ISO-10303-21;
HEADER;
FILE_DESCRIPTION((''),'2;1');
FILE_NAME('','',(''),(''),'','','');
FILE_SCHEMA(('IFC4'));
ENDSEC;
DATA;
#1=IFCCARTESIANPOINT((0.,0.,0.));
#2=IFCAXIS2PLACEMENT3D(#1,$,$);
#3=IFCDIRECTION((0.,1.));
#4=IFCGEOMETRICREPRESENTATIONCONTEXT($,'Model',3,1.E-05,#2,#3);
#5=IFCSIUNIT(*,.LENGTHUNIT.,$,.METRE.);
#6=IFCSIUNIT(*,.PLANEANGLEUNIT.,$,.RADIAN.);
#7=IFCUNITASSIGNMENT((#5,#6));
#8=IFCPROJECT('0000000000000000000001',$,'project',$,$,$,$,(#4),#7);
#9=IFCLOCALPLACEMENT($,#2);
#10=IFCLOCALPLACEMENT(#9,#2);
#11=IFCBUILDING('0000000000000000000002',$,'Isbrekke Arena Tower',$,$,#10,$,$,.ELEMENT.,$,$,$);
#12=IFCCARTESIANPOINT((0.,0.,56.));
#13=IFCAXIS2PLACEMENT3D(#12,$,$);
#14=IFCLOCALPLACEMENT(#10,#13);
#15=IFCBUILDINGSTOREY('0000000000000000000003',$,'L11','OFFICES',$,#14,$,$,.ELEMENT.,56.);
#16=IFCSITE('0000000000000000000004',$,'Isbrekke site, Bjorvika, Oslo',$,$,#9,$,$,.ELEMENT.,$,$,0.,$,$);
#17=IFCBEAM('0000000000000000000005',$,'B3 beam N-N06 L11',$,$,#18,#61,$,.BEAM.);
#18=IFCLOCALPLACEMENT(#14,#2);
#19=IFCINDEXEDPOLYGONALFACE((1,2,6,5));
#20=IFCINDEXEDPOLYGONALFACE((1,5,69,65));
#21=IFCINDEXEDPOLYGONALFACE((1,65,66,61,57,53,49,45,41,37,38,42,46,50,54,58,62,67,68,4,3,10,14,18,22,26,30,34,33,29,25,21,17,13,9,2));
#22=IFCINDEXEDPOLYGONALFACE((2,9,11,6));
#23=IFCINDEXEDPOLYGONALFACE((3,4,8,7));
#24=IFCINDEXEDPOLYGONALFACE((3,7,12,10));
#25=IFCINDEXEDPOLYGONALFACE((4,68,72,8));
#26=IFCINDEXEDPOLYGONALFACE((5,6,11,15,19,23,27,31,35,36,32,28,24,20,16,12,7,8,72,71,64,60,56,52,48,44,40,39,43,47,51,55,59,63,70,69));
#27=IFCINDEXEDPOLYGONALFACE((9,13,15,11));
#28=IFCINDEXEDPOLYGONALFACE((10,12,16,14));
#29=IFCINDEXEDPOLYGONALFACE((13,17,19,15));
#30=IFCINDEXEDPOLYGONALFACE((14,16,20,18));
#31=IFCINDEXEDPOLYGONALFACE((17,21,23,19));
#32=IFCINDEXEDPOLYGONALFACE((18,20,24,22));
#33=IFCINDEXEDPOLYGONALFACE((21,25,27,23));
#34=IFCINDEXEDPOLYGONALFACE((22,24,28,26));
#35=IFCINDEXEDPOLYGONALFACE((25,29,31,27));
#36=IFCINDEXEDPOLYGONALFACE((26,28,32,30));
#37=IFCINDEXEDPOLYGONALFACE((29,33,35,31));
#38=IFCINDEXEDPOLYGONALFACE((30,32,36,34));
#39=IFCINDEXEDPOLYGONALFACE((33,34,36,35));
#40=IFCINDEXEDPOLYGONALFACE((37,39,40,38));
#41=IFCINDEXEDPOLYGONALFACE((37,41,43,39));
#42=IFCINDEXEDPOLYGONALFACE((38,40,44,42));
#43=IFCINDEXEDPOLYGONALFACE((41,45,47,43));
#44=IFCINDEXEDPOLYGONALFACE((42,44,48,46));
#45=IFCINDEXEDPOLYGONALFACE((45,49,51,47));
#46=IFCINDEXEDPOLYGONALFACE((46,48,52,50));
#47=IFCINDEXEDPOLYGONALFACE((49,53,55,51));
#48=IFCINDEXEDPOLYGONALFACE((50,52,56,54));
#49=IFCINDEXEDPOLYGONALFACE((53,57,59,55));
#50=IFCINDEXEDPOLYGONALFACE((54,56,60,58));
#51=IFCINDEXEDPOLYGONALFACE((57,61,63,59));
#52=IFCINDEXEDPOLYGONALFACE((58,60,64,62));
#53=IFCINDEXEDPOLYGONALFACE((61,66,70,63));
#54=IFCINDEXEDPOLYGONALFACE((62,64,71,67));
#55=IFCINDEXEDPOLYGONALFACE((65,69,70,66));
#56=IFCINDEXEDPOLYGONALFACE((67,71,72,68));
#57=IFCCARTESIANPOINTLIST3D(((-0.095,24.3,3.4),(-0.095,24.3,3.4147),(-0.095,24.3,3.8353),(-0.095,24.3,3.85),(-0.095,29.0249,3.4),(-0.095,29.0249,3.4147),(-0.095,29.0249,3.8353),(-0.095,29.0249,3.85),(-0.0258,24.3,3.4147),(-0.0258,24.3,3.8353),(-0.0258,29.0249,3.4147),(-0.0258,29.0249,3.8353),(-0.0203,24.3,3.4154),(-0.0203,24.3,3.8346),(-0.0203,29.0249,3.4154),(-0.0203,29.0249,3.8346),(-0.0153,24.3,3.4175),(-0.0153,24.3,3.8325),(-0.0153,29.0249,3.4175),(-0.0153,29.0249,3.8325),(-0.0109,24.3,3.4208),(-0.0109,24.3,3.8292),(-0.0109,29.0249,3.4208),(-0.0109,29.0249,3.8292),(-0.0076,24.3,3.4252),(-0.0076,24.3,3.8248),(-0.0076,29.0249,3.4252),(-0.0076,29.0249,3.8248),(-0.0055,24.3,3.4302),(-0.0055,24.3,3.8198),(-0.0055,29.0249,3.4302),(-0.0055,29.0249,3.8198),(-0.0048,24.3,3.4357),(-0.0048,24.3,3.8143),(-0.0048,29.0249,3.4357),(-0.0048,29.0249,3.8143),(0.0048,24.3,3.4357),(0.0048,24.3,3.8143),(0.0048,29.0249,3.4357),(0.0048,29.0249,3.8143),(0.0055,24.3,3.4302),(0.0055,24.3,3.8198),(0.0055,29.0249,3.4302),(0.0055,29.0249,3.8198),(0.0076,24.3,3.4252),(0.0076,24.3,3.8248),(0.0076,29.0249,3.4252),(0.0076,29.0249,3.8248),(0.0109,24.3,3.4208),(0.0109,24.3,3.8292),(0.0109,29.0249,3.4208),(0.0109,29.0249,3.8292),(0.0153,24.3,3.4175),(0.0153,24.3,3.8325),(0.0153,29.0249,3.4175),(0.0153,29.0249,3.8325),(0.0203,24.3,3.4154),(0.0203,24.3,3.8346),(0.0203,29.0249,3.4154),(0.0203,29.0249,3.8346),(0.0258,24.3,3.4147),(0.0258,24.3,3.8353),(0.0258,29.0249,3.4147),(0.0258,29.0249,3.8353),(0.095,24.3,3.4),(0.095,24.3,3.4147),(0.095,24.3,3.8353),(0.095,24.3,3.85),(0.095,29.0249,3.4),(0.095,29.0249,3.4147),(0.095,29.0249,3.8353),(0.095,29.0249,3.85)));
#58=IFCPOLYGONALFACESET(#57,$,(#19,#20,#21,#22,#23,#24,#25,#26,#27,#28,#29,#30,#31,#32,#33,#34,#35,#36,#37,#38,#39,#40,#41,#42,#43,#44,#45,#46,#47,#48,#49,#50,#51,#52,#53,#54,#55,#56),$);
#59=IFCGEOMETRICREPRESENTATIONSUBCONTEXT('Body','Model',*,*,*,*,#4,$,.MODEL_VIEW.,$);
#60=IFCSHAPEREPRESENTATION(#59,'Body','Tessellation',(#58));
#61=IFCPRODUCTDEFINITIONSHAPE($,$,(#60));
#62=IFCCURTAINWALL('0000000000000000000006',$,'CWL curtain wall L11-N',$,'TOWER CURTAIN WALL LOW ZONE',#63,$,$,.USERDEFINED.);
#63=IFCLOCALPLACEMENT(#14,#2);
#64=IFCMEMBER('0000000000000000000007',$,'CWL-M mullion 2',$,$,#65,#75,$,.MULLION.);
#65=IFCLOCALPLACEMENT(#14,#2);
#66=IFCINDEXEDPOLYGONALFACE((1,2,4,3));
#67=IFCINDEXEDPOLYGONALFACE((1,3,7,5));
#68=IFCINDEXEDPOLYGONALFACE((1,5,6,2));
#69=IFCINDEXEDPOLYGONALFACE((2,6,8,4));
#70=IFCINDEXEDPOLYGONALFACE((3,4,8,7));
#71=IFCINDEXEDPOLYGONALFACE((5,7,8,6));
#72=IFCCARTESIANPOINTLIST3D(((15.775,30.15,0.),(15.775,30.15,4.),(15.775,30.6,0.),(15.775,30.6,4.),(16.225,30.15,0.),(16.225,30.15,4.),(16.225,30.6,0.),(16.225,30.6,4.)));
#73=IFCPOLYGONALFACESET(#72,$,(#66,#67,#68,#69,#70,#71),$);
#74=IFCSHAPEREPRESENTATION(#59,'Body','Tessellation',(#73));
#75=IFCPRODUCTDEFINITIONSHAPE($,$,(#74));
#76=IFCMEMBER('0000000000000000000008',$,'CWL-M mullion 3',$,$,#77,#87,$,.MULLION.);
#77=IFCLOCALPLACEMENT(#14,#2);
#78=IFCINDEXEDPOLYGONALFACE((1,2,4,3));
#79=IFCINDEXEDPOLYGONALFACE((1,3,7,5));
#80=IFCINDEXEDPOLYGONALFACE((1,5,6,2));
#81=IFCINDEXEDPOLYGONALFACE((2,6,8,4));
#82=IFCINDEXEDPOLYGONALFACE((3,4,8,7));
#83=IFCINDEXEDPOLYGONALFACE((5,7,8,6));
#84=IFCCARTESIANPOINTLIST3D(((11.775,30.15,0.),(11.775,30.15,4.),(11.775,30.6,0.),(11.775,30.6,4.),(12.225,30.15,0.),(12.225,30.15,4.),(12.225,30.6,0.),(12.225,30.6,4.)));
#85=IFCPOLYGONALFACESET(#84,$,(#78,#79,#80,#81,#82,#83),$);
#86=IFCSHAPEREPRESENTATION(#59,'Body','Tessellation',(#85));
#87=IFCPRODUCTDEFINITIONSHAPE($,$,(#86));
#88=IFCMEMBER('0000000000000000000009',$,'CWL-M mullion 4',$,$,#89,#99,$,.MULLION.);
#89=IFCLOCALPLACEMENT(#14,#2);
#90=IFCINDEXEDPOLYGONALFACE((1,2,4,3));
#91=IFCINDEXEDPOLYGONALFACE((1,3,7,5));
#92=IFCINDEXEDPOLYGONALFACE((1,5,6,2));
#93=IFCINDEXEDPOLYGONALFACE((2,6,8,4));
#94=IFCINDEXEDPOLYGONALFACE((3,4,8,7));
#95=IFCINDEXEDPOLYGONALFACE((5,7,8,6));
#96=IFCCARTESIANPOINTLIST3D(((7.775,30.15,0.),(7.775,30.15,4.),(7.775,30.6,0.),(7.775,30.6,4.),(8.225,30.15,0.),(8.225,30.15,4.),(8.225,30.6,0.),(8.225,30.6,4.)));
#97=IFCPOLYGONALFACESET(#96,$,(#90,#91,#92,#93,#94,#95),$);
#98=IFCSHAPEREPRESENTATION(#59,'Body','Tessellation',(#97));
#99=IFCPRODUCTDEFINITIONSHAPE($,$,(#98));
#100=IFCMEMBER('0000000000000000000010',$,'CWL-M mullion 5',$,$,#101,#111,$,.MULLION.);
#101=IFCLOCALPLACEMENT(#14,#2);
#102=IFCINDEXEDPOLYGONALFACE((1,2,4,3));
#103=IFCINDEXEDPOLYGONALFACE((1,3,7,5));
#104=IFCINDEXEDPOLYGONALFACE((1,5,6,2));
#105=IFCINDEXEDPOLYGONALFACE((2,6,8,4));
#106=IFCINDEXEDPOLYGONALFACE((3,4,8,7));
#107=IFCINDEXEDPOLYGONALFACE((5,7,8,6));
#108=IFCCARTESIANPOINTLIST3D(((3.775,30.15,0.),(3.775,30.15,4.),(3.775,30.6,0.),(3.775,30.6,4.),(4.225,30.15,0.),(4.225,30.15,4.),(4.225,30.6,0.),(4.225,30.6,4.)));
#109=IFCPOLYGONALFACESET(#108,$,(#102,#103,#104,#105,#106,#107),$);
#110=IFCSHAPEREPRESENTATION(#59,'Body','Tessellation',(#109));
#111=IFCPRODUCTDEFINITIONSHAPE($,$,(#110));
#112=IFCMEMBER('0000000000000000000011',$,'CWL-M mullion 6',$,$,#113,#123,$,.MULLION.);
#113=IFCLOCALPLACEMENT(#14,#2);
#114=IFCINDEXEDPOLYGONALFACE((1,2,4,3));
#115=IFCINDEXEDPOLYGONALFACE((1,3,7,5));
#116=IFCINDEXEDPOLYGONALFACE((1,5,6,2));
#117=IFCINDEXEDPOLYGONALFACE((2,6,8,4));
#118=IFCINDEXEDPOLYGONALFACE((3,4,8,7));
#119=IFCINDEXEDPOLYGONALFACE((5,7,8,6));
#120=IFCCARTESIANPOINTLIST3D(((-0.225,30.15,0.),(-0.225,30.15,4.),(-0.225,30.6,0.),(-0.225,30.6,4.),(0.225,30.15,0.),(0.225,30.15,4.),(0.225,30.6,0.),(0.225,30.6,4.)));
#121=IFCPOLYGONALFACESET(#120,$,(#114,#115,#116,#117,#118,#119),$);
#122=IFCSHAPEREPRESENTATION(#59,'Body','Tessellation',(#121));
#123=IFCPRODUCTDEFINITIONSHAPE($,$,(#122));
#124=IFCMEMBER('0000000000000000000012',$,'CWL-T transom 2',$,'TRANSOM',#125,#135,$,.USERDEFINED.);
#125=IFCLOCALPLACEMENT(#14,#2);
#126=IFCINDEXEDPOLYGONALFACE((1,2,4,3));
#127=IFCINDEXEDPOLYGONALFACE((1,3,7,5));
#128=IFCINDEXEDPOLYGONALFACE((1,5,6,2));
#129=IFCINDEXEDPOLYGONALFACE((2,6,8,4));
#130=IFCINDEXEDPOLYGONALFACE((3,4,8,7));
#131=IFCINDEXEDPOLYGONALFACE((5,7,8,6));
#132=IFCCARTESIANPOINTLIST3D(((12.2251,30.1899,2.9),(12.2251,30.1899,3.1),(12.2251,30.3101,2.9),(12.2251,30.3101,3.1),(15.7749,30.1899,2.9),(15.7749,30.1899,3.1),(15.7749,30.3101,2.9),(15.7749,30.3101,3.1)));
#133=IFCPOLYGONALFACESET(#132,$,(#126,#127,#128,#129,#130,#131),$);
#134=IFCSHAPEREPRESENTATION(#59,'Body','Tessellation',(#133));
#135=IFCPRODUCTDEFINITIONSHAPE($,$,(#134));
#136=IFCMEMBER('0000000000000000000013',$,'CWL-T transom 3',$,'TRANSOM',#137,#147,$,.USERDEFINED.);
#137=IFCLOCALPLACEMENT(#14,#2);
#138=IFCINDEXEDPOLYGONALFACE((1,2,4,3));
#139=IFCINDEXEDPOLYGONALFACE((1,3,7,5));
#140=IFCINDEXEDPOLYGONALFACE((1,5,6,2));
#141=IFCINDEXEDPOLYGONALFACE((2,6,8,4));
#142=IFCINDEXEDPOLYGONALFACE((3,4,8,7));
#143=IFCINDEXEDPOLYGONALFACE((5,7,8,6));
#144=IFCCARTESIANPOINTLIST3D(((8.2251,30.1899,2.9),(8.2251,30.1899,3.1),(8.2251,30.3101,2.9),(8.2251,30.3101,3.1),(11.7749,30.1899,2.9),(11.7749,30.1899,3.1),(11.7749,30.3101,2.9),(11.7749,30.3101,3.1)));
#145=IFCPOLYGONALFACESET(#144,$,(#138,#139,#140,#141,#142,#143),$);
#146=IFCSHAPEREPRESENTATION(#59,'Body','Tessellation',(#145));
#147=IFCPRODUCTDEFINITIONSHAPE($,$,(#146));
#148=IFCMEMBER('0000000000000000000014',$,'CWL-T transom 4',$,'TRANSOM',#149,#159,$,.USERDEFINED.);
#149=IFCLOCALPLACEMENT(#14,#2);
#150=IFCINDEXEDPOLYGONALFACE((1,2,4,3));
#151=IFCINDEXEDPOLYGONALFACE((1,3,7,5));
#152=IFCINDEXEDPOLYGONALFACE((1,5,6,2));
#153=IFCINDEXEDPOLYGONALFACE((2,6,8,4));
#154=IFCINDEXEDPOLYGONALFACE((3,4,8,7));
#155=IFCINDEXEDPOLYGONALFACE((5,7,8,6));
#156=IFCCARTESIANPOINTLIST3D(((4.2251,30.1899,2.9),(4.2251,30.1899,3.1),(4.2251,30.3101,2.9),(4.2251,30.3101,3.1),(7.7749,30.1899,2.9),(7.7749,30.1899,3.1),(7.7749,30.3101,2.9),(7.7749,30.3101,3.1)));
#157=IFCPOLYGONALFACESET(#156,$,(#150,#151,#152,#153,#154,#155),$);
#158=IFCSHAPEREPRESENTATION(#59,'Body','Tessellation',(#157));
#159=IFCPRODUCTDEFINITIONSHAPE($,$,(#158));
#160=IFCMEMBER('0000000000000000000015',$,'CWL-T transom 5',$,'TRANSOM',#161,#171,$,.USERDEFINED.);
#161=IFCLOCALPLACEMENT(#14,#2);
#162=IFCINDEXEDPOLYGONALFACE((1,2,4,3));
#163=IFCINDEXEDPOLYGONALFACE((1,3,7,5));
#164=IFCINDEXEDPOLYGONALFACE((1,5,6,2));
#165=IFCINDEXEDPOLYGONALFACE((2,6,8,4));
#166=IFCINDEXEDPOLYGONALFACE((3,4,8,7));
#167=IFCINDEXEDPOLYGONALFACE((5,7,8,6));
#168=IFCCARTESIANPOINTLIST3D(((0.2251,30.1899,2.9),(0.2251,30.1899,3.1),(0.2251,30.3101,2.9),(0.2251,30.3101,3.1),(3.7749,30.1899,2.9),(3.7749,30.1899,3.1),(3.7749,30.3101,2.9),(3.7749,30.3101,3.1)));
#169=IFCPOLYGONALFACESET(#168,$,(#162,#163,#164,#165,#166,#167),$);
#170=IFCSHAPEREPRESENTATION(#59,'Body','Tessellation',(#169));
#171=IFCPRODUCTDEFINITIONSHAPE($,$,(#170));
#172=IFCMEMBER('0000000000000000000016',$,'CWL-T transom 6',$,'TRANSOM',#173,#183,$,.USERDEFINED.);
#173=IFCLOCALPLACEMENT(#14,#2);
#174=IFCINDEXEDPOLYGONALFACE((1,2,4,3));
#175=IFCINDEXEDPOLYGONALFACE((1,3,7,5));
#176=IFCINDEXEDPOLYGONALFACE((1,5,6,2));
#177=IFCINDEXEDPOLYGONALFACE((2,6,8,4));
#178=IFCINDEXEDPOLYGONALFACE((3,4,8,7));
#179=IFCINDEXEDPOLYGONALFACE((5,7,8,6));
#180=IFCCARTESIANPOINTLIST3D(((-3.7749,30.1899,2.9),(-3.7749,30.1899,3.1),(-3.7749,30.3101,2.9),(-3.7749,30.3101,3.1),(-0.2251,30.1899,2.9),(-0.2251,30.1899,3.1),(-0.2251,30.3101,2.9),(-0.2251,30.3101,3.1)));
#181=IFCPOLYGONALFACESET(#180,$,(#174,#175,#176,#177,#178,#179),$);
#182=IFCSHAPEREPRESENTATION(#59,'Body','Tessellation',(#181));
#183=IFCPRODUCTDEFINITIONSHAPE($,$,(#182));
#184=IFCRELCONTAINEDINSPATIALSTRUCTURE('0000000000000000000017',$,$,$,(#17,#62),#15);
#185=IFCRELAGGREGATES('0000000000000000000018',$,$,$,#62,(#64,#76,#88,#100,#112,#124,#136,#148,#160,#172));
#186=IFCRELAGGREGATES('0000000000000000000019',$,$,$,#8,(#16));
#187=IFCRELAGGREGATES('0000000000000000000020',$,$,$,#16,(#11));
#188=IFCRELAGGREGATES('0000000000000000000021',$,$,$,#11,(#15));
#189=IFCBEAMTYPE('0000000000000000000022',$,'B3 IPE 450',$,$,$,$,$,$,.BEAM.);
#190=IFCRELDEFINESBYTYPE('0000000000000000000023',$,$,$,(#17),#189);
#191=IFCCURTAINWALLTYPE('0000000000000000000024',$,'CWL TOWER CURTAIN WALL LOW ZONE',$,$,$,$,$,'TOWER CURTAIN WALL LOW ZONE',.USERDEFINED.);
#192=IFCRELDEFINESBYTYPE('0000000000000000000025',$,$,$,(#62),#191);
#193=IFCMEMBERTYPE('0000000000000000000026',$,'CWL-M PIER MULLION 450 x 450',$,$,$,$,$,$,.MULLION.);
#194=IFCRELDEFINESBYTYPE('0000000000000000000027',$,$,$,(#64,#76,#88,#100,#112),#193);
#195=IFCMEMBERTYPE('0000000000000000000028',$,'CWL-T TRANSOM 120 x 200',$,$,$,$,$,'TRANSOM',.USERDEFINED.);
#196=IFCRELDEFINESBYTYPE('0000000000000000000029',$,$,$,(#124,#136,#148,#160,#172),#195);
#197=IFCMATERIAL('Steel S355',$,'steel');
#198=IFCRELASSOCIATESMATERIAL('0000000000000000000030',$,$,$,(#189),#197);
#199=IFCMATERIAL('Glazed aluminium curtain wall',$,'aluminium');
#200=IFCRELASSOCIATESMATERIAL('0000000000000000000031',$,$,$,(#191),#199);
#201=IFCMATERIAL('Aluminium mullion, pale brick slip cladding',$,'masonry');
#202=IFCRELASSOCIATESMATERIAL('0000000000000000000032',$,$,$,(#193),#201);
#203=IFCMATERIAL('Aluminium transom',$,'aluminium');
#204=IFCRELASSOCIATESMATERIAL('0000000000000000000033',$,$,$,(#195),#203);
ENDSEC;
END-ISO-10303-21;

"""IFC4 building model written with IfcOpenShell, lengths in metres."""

from ifc_helpers import new_model, si_unit, direction, frame, origin, origin_2d, place, context, subcontext, project, spatial, rectangle, i_section, extrude, material, material_profile, profile_set, type_object, element, aggregate, save


model = new_model("IFC4")

# Units and contexts
model_context = context("Model", 3, precision=1e-05, world=origin(), true_north=direction((0.0, 1.0)))
body_context = subcontext(model_context, "Body", "Model", "MODEL_VIEW")
ifc_project = project(units=[si_unit("LENGTHUNIT", "METRE"), si_unit("PLANEANGLEUNIT", "RADIAN")], contexts=[model_context])

# Site, building, storey
site_placement = place(None, origin())
site = spatial("IfcSite", under=ifc_project, at=site_placement, Name="Isbrekke site, Bjorvika, Oslo", CompositionType="ELEMENT", RefElevation=0.0)
building_placement = place(site_placement, origin())
building = spatial("IfcBuilding", under=site, at=building_placement, Name="Isbrekke Arena Tower", CompositionType="ELEMENT")
storey_placement = place(building_placement, frame((0.0, 0.0, 56.0)))
storey = spatial("IfcBuildingStorey", under=building, at=storey_placement, Name="L11", Description="OFFICES", CompositionType="ELEMENT", Elevation=56.0)

# Beam
ifc_material_1 = material(Name="Steel S355", Category="steel")
ifc_material_profile_1 = material_profile(ifc_material_1, i_section(OverallWidth=0.1899, OverallDepth=0.45, WebThickness=0.0095, FlangeThickness=0.0146, FilletRadius=0.021, at=origin_2d()), Name="IPE 450")
ifc_profile_set_1 = profile_set([ifc_material_profile_1], Name="Steel S355")
beam_type_1 = type_object("IfcBeamType", Name="B3 IPE 450", PredefinedType="BEAM", material=ifc_profile_set_1)
beam_1_placement = place(storey_placement, frame((0.0, 29.0249, 3.625), z_axis=(0.0, -1.0, 0.0), x_axis=(1.0, 0.0, 0.0)))
element("IfcBeam", 1, at=beam_1_placement, inside=storey, type_object=beam_type_1, Name="B3 beam N-N06 L11", PredefinedType="BEAM", context=body_context, shape_type="SweptSolid", body=[
    extrude(i_section(OverallWidth=0.1899, OverallDepth=0.45, WebThickness=0.0095, FlangeThickness=0.0146, FilletRadius=0.021, at=origin_2d()), origin(), (0.0, 0.0, 1.0), 4.7249),
])

# Curtain wall, members
ifc_material_2 = material(Name="Glazed aluminium curtain wall", Category="aluminium")
curtain_wall_type = type_object("IfcCurtainWallType", Name="CWL TOWER CURTAIN WALL LOW ZONE", ElementType="TOWER CURTAIN WALL LOW ZONE", PredefinedType="USERDEFINED", material=ifc_material_2)
curtain_wall_placement = place(storey_placement, origin())
curtain_wall = element("IfcCurtainWall", 2, at=curtain_wall_placement, inside=storey, type_object=curtain_wall_type, Name="CWL curtain wall L11-N", ObjectType="TOWER CURTAIN WALL LOW ZONE", PredefinedType="USERDEFINED")
ifc_material_3 = material(Name="Aluminium mullion, pale brick slip cladding", Category="masonry")
ifc_material_profile_2 = material_profile(ifc_material_3, rectangle(XDim=0.45, YDim=0.45, at=origin_2d()), Name="PIER 450X450")
ifc_profile_set_2 = profile_set([ifc_material_profile_2], Name="Aluminium mullion, pale brick slip cladding")
member_type_1 = type_object("IfcMemberType", Name="CWL-M PIER MULLION 450 x 450", PredefinedType="MULLION", material=ifc_profile_set_2)
member_1_placement = place(storey_placement, frame((16.0, 30.375, 0.0), z_axis=(0.0, 0.0, 1.0), x_axis=(-1.0, 0.0, 0.0)))
member_1 = element("IfcMember", 3, at=member_1_placement, type_object=member_type_1, Name="CWL-M mullion 2", PredefinedType="MULLION", context=body_context, shape_type="SweptSolid", body=[
    extrude(rectangle(XDim=0.45, YDim=0.45, at=origin_2d()), origin(), (0.0, 0.0, 1.0), 4.0),
])
member_2_placement = place(storey_placement, frame((12.0, 30.375, 0.0), z_axis=(0.0, 0.0, 1.0), x_axis=(-1.0, 0.0, 0.0)))
member_2 = element("IfcMember", 4, at=member_2_placement, type_object=member_type_1, Name="CWL-M mullion 3", PredefinedType="MULLION", context=body_context, shape_type="SweptSolid", body=[
    extrude(rectangle(XDim=0.45, YDim=0.45, at=origin_2d()), origin(), (0.0, 0.0, 1.0), 4.0),
])
member_3_placement = place(storey_placement, frame((8.0, 30.375, 0.0), z_axis=(0.0, 0.0, 1.0), x_axis=(-1.0, 0.0, 0.0)))
member_3 = element("IfcMember", 5, at=member_3_placement, type_object=member_type_1, Name="CWL-M mullion 4", PredefinedType="MULLION", context=body_context, shape_type="SweptSolid", body=[
    extrude(rectangle(XDim=0.45, YDim=0.45, at=origin_2d()), origin(), (0.0, 0.0, 1.0), 4.0),
])
member_4_placement = place(storey_placement, frame((4.0, 30.375, 0.0), z_axis=(0.0, 0.0, 1.0), x_axis=(-1.0, 0.0, 0.0)))
member_4 = element("IfcMember", 6, at=member_4_placement, type_object=member_type_1, Name="CWL-M mullion 5", PredefinedType="MULLION", context=body_context, shape_type="SweptSolid", body=[
    extrude(rectangle(XDim=0.45, YDim=0.45, at=origin_2d()), origin(), (0.0, 0.0, 1.0), 4.0),
])
member_5_placement = place(storey_placement, frame((0.0, 30.375, 0.0), z_axis=(0.0, 0.0, 1.0), x_axis=(-1.0, 0.0, 0.0)))
member_5 = element("IfcMember", 7, at=member_5_placement, type_object=member_type_1, Name="CWL-M mullion 6", PredefinedType="MULLION", context=body_context, shape_type="SweptSolid", body=[
    extrude(rectangle(XDim=0.45, YDim=0.45, at=origin_2d()), origin(), (0.0, 0.0, 1.0), 4.0),
])
ifc_material_4 = material(Name="Aluminium transom", Category="aluminium")
ifc_material_profile_3 = material_profile(ifc_material_4, rectangle(XDim=0.1201, YDim=0.2, at=origin_2d()), Name="TRANSOM 120X200")
ifc_profile_set_3 = profile_set([ifc_material_profile_3], Name="Aluminium transom")
member_type_2 = type_object("IfcMemberType", Name="CWL-T TRANSOM 120 x 200", ElementType="TRANSOM", PredefinedType="USERDEFINED", material=ifc_profile_set_3)
member_6_placement = place(storey_placement, frame((15.7749, 30.25, 3.0), z_axis=(-1.0, 0.0, 0.0), x_axis=(0.0, -1.0, 0.0)))
member_6 = element("IfcMember", 8, at=member_6_placement, type_object=member_type_2, Name="CWL-T transom 2", ObjectType="TRANSOM", PredefinedType="USERDEFINED", context=body_context, shape_type="SweptSolid", body=[
    extrude(rectangle(XDim=0.1201, YDim=0.2, at=origin_2d()), origin(), (0.0, 0.0, 1.0), 3.5498),
])
member_7_placement = place(storey_placement, frame((11.7749, 30.25, 3.0), z_axis=(-1.0, 0.0, 0.0), x_axis=(0.0, -1.0, 0.0)))
member_7 = element("IfcMember", 9, at=member_7_placement, type_object=member_type_2, Name="CWL-T transom 3", ObjectType="TRANSOM", PredefinedType="USERDEFINED", context=body_context, shape_type="SweptSolid", body=[
    extrude(rectangle(XDim=0.1201, YDim=0.2, at=origin_2d()), origin(), (0.0, 0.0, 1.0), 3.5498),
])
member_8_placement = place(storey_placement, frame((7.7749, 30.25, 3.0), z_axis=(-1.0, 0.0, 0.0), x_axis=(0.0, -1.0, 0.0)))
member_8 = element("IfcMember", 10, at=member_8_placement, type_object=member_type_2, Name="CWL-T transom 4", ObjectType="TRANSOM", PredefinedType="USERDEFINED", context=body_context, shape_type="SweptSolid", body=[
    extrude(rectangle(XDim=0.1201, YDim=0.2, at=origin_2d()), origin(), (0.0, 0.0, 1.0), 3.5498),
])
member_9_placement = place(storey_placement, frame((3.7749, 30.25, 3.0), z_axis=(-1.0, 0.0, 0.0), x_axis=(0.0, -1.0, 0.0)))
member_9 = element("IfcMember", 11, at=member_9_placement, type_object=member_type_2, Name="CWL-T transom 5", ObjectType="TRANSOM", PredefinedType="USERDEFINED", context=body_context, shape_type="SweptSolid", body=[
    extrude(rectangle(XDim=0.1201, YDim=0.2, at=origin_2d()), origin(), (0.0, 0.0, 1.0), 3.5498),
])
member_10_placement = place(storey_placement, frame((-0.2251, 30.25, 3.0), z_axis=(-1.0, 0.0, 0.0), x_axis=(0.0, -1.0, 0.0)))
member_10 = element("IfcMember", 12, at=member_10_placement, type_object=member_type_2, Name="CWL-T transom 6", ObjectType="TRANSOM", PredefinedType="USERDEFINED", context=body_context, shape_type="SweptSolid", body=[
    extrude(rectangle(XDim=0.1201, YDim=0.2, at=origin_2d()), origin(), (0.0, 0.0, 1.0), 3.5498),
])

aggregate(curtain_wall, [member_1, member_2, member_3, member_4, member_5, member_6, member_7, member_8, member_9, member_10])

save(model, "model.ifc")
